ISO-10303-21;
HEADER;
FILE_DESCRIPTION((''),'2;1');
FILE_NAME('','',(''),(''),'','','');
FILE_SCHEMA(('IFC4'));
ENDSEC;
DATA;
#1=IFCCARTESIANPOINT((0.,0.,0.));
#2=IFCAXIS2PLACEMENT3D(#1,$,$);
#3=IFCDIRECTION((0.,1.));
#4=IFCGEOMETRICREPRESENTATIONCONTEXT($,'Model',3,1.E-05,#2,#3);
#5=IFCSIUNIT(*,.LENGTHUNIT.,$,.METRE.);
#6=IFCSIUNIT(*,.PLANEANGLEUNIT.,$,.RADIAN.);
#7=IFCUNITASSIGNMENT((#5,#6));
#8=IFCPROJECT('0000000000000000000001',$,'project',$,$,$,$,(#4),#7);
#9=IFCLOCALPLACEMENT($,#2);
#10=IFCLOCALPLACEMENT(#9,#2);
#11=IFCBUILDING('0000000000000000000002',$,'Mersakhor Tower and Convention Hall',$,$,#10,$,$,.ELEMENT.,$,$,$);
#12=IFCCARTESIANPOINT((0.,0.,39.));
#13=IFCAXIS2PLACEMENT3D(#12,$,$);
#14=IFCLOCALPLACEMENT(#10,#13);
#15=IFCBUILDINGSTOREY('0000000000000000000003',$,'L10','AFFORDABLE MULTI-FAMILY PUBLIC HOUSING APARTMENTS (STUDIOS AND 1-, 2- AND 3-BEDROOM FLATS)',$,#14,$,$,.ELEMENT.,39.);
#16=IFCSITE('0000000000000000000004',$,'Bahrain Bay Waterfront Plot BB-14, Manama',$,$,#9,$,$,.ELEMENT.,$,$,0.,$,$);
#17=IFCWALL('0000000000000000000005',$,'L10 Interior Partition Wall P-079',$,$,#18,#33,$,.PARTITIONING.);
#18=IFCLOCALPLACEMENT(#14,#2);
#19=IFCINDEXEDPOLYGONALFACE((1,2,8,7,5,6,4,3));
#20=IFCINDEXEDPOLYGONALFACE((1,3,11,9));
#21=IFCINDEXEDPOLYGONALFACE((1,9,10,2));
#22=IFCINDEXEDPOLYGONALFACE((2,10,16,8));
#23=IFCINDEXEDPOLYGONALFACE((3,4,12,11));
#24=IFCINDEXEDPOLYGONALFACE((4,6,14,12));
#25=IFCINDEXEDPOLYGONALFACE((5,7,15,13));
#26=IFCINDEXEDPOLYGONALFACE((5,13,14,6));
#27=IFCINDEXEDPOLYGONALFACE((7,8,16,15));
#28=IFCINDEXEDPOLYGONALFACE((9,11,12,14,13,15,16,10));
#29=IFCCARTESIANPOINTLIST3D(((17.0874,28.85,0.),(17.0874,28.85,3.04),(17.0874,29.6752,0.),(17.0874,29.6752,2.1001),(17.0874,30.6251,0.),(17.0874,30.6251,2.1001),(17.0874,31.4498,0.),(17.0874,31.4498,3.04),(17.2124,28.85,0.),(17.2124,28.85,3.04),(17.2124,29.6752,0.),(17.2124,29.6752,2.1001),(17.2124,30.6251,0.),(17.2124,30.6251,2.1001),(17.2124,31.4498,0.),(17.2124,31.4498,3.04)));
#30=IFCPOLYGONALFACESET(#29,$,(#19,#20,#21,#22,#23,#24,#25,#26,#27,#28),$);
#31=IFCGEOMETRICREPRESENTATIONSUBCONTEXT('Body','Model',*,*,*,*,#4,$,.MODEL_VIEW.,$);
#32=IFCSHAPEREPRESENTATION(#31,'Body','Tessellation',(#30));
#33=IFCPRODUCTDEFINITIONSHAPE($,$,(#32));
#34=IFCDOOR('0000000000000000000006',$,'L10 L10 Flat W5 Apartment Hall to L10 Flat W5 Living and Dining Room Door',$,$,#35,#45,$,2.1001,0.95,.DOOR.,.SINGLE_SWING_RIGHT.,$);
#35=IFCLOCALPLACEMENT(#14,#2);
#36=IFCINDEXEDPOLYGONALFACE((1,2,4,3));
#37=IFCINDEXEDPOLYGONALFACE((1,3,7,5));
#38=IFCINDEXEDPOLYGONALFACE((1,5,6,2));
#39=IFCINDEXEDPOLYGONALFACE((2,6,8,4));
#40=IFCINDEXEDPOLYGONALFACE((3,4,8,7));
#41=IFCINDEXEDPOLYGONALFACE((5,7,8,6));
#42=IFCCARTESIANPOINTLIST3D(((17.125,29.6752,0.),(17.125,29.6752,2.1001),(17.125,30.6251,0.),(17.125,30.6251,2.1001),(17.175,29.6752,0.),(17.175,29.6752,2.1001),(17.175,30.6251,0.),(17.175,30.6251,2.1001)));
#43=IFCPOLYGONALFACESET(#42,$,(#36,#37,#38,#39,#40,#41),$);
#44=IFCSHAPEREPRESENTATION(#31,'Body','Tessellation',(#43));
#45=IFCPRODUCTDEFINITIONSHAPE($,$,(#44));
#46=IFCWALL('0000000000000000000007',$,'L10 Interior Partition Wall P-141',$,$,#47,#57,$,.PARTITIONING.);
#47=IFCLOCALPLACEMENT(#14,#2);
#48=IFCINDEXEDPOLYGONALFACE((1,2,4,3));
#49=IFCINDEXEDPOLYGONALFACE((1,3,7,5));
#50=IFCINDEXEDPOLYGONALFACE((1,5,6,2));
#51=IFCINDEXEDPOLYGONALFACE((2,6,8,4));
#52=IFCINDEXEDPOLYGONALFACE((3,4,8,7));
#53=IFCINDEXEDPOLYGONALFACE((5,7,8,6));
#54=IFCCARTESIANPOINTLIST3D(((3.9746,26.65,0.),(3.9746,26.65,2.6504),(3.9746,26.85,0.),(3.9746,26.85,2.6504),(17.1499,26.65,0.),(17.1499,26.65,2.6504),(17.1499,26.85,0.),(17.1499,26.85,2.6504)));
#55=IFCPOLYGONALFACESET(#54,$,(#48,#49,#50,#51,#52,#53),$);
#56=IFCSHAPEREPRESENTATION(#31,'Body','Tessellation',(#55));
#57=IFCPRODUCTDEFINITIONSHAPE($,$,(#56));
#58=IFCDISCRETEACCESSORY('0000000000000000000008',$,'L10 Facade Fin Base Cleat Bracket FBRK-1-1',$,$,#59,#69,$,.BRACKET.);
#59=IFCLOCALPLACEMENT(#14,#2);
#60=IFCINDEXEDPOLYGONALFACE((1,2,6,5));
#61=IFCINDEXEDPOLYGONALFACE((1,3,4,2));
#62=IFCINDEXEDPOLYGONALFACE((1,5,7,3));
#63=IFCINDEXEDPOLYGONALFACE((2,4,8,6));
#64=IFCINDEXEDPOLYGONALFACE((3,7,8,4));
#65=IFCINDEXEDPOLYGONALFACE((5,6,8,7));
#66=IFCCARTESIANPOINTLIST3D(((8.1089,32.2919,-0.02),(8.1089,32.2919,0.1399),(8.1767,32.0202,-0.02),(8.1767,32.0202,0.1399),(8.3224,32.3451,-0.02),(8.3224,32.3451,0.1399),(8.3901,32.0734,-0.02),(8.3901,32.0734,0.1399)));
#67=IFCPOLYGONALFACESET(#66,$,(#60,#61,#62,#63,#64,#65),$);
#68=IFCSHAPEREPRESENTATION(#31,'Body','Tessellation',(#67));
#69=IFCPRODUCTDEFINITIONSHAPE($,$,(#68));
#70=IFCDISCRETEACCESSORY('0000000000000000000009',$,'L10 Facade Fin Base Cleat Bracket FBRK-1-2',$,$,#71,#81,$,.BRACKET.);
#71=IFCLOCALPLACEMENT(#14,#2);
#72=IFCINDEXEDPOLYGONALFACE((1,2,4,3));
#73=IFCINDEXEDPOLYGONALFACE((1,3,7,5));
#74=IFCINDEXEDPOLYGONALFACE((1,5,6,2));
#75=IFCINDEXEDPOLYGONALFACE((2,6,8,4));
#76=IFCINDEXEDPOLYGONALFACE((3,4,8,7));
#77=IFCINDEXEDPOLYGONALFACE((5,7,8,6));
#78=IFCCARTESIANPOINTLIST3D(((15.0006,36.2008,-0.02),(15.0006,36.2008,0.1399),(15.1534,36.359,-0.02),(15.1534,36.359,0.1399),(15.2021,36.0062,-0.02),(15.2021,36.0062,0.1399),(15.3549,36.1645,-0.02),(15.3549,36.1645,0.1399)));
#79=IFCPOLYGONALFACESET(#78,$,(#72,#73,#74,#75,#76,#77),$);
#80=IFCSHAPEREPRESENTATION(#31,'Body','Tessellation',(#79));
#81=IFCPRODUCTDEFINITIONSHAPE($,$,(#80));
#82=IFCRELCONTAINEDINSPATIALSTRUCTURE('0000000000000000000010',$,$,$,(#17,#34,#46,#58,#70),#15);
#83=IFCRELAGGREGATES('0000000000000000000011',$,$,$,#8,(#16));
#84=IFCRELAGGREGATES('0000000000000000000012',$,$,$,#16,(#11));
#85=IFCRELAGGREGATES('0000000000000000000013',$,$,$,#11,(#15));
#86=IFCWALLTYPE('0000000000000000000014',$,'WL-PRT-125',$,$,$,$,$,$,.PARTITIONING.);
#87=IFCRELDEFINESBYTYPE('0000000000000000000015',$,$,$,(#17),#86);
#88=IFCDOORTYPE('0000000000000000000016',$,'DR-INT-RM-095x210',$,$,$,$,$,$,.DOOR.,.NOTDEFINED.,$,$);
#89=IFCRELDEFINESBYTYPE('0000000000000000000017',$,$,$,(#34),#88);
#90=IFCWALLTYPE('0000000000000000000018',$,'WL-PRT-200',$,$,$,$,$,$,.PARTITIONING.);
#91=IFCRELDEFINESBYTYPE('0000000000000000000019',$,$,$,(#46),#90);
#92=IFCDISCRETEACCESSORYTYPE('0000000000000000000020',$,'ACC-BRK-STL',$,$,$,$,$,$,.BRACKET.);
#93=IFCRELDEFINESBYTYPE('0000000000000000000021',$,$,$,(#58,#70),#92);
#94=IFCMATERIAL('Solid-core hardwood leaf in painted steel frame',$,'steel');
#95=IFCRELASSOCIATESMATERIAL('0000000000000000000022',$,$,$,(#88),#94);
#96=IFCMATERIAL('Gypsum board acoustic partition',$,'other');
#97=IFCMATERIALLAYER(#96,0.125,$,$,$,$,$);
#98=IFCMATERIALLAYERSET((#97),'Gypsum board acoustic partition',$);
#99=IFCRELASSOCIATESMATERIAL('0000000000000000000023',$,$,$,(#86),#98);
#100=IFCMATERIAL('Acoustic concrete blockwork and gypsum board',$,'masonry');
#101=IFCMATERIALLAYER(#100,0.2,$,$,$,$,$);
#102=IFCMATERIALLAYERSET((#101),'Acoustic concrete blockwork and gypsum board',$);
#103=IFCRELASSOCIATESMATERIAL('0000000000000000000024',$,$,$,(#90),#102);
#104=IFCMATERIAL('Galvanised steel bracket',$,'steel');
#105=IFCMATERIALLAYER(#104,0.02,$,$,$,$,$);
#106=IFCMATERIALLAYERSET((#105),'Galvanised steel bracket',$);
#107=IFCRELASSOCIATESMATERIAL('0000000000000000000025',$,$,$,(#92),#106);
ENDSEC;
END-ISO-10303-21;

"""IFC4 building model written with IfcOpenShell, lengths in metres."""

from ifc_helpers import new_model, si_unit, direction, frame, frame_2d, origin, origin_2d, place, context, subcontext, project, spatial, rectangle, extrude, material, layer, layer_set, type_object, element, fill, save


model = new_model("IFC4")

# Units and contexts
model_context = context("Model", 3, precision=1e-05, world=origin(), true_north=direction((0.0, 1.0)))
body_context = subcontext(model_context, "Body", "Model", "MODEL_VIEW")
ifc_project = project(units=[si_unit("LENGTHUNIT", "METRE"), si_unit("PLANEANGLEUNIT", "RADIAN")], contexts=[model_context])

# Site, building, storey
site_placement = place(None, origin())
site = spatial("IfcSite", under=ifc_project, at=site_placement, Name="Bahrain Bay Waterfront Plot BB-14, Manama", CompositionType="ELEMENT", RefElevation=0.0)
building_placement = place(site_placement, origin())
building = spatial("IfcBuilding", under=site, at=building_placement, Name="Mersakhor Tower and Convention Hall", CompositionType="ELEMENT")
storey_placement = place(building_placement, frame((0.0, 0.0, 39.0)))
storey = spatial("IfcBuildingStorey", under=building, at=storey_placement, Name="L10", Description="AFFORDABLE MULTI-FAMILY PUBLIC HOUSING APARTMENTS (STUDIOS AND 1-, 2- AND 3-BEDROOM FLATS)", CompositionType="ELEMENT", Elevation=39.0)

# Shared definitions
ifc_material_1 = material(Name="Solid-core hardwood leaf in painted steel frame", Category="steel")
door_type_1 = type_object("IfcDoorType", Name="DR-INT-RM-095x210", OperationType="NOTDEFINED", PredefinedType="DOOR", material=ifc_material_1)

# Wall, opening, door
ifc_material_2 = material(Name="Gypsum board acoustic partition", Category="other")
ifc_layer_1 = layer(ifc_material_2, 0.125)
ifc_layer_set_1 = layer_set([ifc_layer_1], Name="Gypsum board acoustic partition")
wall_type_1 = type_object("IfcWallType", Name="WL-PRT-125", PredefinedType="PARTITIONING", material=ifc_layer_set_1)
wall_1_placement = place(storey_placement, frame((17.1499, 28.8501, 0.0), z_axis=(0.0, 0.0, 1.0), x_axis=(0.0, 1.0, 0.0)))
wall_1 = element("IfcWall", 1, at=wall_1_placement, inside=storey, type_object=wall_type_1, Name="L10 Interior Partition Wall P-079", PredefinedType="PARTITIONING", context=body_context, shape_type="SweptSolid", body=[
    extrude(rectangle(XDim=2.5999, YDim=0.125, at=frame_2d((1.2998, 0.0))), origin(), (0.0, 0.0, 1.0), 3.04),
])
opening_1_placement = place(wall_1_placement, frame((0.825, 0.0, 0.0)))
opening_1 = element("IfcOpeningElement", 2, at=opening_1_placement, cuts=wall_1, PredefinedType="OPENING", context=body_context, shape_type="SweptSolid", body=[
    extrude(rectangle(XDim=0.95, YDim=2.1001, at=frame_2d((0.4751, 1.05))), frame((0.0, 0.0725, 0.0), z_axis=(0.0, -1.0, 0.0), x_axis=(1.0, 0.0, 0.0)), (0.0, 0.0, 1.0), 0.145),
])
door_1_placement = place(opening_1_placement, origin())
door_1 = element("IfcDoor", 3, at=door_1_placement, inside=storey, type_object=door_type_1, Name="L10 L10 Flat W5 Apartment Hall to L10 Flat W5 Living and Dining Room Door", OperationType="SINGLE_SWING_RIGHT", OverallHeight=2.1001, OverallWidth=0.95, PredefinedType="DOOR", context=body_context, shape_type="SweptSolid", body=[
    extrude(rectangle(XDim=0.95, YDim=2.1001, at=frame_2d((0.4751, 1.05))), frame((0.0, 0.0249, 0.0), z_axis=(0.0, -1.0, 0.0), x_axis=(1.0, 0.0, 0.0)), (0.0, 0.0, 1.0), 0.05),
])
fill(opening_1, door_1)

# Wall
ifc_material_3 = material(Name="Acoustic concrete blockwork and gypsum board", Category="masonry")
ifc_layer_2 = layer(ifc_material_3, 0.2)
ifc_layer_set_2 = layer_set([ifc_layer_2], Name="Acoustic concrete blockwork and gypsum board")
wall_type_2 = type_object("IfcWallType", Name="WL-PRT-200", PredefinedType="PARTITIONING", material=ifc_layer_set_2)
wall_2_placement = place(storey_placement, frame((17.1499, 26.75, 0.0), z_axis=(0.0, 0.0, 1.0), x_axis=(-1.0, 0.0, 0.0)))
element("IfcWall", 4, at=wall_2_placement, inside=storey, type_object=wall_type_2, Name="L10 Interior Partition Wall P-141", PredefinedType="PARTITIONING", context=body_context, shape_type="SweptSolid", body=[
    extrude(rectangle(XDim=13.1753, YDim=0.2, at=frame_2d((6.5876, 0.0))), origin(), (0.0, 0.0, 1.0), 2.6504),
])

# Discrete accessories
ifc_material_4 = material(Name="Galvanised steel bracket", Category="steel")
ifc_layer_3 = layer(ifc_material_4, 0.02)
ifc_layer_set_3 = layer_set([ifc_layer_3], Name="Galvanised steel bracket")
discrete_accessory_type = type_object("IfcDiscreteAccessoryType", Name="ACC-BRK-STL", PredefinedType="BRACKET", material=ifc_layer_set_3)
for number, where, z_axis, x_axis, name in (
    (5, (8.2495, 32.1826, -0.02), (0.0, 0.0, 1.0), (-0.241922, 0.970296, 0.0), "L10 Facade Fin Base Cleat Bracket FBRK-1-1"),
    (6, (15.1777, 36.1826, -0.02), (0.0, 0.0, 1.0), (-0.71934, 0.694658, 0.0), "L10 Facade Fin Base Cleat Bracket FBRK-1-2"),
):
    element("IfcDiscreteAccessory", number, at=place(storey_placement, frame(where, z_axis=z_axis, x_axis=x_axis)), inside=storey, type_object=discrete_accessory_type, Name=name, PredefinedType="BRACKET", context=body_context, shape_type="SweptSolid", body=[
        extrude(rectangle(XDim=0.28, YDim=0.22, at=origin_2d()), origin(), (0.0, 0.0, 1.0), 0.1599),
    ])

save(model, "model.ifc")
